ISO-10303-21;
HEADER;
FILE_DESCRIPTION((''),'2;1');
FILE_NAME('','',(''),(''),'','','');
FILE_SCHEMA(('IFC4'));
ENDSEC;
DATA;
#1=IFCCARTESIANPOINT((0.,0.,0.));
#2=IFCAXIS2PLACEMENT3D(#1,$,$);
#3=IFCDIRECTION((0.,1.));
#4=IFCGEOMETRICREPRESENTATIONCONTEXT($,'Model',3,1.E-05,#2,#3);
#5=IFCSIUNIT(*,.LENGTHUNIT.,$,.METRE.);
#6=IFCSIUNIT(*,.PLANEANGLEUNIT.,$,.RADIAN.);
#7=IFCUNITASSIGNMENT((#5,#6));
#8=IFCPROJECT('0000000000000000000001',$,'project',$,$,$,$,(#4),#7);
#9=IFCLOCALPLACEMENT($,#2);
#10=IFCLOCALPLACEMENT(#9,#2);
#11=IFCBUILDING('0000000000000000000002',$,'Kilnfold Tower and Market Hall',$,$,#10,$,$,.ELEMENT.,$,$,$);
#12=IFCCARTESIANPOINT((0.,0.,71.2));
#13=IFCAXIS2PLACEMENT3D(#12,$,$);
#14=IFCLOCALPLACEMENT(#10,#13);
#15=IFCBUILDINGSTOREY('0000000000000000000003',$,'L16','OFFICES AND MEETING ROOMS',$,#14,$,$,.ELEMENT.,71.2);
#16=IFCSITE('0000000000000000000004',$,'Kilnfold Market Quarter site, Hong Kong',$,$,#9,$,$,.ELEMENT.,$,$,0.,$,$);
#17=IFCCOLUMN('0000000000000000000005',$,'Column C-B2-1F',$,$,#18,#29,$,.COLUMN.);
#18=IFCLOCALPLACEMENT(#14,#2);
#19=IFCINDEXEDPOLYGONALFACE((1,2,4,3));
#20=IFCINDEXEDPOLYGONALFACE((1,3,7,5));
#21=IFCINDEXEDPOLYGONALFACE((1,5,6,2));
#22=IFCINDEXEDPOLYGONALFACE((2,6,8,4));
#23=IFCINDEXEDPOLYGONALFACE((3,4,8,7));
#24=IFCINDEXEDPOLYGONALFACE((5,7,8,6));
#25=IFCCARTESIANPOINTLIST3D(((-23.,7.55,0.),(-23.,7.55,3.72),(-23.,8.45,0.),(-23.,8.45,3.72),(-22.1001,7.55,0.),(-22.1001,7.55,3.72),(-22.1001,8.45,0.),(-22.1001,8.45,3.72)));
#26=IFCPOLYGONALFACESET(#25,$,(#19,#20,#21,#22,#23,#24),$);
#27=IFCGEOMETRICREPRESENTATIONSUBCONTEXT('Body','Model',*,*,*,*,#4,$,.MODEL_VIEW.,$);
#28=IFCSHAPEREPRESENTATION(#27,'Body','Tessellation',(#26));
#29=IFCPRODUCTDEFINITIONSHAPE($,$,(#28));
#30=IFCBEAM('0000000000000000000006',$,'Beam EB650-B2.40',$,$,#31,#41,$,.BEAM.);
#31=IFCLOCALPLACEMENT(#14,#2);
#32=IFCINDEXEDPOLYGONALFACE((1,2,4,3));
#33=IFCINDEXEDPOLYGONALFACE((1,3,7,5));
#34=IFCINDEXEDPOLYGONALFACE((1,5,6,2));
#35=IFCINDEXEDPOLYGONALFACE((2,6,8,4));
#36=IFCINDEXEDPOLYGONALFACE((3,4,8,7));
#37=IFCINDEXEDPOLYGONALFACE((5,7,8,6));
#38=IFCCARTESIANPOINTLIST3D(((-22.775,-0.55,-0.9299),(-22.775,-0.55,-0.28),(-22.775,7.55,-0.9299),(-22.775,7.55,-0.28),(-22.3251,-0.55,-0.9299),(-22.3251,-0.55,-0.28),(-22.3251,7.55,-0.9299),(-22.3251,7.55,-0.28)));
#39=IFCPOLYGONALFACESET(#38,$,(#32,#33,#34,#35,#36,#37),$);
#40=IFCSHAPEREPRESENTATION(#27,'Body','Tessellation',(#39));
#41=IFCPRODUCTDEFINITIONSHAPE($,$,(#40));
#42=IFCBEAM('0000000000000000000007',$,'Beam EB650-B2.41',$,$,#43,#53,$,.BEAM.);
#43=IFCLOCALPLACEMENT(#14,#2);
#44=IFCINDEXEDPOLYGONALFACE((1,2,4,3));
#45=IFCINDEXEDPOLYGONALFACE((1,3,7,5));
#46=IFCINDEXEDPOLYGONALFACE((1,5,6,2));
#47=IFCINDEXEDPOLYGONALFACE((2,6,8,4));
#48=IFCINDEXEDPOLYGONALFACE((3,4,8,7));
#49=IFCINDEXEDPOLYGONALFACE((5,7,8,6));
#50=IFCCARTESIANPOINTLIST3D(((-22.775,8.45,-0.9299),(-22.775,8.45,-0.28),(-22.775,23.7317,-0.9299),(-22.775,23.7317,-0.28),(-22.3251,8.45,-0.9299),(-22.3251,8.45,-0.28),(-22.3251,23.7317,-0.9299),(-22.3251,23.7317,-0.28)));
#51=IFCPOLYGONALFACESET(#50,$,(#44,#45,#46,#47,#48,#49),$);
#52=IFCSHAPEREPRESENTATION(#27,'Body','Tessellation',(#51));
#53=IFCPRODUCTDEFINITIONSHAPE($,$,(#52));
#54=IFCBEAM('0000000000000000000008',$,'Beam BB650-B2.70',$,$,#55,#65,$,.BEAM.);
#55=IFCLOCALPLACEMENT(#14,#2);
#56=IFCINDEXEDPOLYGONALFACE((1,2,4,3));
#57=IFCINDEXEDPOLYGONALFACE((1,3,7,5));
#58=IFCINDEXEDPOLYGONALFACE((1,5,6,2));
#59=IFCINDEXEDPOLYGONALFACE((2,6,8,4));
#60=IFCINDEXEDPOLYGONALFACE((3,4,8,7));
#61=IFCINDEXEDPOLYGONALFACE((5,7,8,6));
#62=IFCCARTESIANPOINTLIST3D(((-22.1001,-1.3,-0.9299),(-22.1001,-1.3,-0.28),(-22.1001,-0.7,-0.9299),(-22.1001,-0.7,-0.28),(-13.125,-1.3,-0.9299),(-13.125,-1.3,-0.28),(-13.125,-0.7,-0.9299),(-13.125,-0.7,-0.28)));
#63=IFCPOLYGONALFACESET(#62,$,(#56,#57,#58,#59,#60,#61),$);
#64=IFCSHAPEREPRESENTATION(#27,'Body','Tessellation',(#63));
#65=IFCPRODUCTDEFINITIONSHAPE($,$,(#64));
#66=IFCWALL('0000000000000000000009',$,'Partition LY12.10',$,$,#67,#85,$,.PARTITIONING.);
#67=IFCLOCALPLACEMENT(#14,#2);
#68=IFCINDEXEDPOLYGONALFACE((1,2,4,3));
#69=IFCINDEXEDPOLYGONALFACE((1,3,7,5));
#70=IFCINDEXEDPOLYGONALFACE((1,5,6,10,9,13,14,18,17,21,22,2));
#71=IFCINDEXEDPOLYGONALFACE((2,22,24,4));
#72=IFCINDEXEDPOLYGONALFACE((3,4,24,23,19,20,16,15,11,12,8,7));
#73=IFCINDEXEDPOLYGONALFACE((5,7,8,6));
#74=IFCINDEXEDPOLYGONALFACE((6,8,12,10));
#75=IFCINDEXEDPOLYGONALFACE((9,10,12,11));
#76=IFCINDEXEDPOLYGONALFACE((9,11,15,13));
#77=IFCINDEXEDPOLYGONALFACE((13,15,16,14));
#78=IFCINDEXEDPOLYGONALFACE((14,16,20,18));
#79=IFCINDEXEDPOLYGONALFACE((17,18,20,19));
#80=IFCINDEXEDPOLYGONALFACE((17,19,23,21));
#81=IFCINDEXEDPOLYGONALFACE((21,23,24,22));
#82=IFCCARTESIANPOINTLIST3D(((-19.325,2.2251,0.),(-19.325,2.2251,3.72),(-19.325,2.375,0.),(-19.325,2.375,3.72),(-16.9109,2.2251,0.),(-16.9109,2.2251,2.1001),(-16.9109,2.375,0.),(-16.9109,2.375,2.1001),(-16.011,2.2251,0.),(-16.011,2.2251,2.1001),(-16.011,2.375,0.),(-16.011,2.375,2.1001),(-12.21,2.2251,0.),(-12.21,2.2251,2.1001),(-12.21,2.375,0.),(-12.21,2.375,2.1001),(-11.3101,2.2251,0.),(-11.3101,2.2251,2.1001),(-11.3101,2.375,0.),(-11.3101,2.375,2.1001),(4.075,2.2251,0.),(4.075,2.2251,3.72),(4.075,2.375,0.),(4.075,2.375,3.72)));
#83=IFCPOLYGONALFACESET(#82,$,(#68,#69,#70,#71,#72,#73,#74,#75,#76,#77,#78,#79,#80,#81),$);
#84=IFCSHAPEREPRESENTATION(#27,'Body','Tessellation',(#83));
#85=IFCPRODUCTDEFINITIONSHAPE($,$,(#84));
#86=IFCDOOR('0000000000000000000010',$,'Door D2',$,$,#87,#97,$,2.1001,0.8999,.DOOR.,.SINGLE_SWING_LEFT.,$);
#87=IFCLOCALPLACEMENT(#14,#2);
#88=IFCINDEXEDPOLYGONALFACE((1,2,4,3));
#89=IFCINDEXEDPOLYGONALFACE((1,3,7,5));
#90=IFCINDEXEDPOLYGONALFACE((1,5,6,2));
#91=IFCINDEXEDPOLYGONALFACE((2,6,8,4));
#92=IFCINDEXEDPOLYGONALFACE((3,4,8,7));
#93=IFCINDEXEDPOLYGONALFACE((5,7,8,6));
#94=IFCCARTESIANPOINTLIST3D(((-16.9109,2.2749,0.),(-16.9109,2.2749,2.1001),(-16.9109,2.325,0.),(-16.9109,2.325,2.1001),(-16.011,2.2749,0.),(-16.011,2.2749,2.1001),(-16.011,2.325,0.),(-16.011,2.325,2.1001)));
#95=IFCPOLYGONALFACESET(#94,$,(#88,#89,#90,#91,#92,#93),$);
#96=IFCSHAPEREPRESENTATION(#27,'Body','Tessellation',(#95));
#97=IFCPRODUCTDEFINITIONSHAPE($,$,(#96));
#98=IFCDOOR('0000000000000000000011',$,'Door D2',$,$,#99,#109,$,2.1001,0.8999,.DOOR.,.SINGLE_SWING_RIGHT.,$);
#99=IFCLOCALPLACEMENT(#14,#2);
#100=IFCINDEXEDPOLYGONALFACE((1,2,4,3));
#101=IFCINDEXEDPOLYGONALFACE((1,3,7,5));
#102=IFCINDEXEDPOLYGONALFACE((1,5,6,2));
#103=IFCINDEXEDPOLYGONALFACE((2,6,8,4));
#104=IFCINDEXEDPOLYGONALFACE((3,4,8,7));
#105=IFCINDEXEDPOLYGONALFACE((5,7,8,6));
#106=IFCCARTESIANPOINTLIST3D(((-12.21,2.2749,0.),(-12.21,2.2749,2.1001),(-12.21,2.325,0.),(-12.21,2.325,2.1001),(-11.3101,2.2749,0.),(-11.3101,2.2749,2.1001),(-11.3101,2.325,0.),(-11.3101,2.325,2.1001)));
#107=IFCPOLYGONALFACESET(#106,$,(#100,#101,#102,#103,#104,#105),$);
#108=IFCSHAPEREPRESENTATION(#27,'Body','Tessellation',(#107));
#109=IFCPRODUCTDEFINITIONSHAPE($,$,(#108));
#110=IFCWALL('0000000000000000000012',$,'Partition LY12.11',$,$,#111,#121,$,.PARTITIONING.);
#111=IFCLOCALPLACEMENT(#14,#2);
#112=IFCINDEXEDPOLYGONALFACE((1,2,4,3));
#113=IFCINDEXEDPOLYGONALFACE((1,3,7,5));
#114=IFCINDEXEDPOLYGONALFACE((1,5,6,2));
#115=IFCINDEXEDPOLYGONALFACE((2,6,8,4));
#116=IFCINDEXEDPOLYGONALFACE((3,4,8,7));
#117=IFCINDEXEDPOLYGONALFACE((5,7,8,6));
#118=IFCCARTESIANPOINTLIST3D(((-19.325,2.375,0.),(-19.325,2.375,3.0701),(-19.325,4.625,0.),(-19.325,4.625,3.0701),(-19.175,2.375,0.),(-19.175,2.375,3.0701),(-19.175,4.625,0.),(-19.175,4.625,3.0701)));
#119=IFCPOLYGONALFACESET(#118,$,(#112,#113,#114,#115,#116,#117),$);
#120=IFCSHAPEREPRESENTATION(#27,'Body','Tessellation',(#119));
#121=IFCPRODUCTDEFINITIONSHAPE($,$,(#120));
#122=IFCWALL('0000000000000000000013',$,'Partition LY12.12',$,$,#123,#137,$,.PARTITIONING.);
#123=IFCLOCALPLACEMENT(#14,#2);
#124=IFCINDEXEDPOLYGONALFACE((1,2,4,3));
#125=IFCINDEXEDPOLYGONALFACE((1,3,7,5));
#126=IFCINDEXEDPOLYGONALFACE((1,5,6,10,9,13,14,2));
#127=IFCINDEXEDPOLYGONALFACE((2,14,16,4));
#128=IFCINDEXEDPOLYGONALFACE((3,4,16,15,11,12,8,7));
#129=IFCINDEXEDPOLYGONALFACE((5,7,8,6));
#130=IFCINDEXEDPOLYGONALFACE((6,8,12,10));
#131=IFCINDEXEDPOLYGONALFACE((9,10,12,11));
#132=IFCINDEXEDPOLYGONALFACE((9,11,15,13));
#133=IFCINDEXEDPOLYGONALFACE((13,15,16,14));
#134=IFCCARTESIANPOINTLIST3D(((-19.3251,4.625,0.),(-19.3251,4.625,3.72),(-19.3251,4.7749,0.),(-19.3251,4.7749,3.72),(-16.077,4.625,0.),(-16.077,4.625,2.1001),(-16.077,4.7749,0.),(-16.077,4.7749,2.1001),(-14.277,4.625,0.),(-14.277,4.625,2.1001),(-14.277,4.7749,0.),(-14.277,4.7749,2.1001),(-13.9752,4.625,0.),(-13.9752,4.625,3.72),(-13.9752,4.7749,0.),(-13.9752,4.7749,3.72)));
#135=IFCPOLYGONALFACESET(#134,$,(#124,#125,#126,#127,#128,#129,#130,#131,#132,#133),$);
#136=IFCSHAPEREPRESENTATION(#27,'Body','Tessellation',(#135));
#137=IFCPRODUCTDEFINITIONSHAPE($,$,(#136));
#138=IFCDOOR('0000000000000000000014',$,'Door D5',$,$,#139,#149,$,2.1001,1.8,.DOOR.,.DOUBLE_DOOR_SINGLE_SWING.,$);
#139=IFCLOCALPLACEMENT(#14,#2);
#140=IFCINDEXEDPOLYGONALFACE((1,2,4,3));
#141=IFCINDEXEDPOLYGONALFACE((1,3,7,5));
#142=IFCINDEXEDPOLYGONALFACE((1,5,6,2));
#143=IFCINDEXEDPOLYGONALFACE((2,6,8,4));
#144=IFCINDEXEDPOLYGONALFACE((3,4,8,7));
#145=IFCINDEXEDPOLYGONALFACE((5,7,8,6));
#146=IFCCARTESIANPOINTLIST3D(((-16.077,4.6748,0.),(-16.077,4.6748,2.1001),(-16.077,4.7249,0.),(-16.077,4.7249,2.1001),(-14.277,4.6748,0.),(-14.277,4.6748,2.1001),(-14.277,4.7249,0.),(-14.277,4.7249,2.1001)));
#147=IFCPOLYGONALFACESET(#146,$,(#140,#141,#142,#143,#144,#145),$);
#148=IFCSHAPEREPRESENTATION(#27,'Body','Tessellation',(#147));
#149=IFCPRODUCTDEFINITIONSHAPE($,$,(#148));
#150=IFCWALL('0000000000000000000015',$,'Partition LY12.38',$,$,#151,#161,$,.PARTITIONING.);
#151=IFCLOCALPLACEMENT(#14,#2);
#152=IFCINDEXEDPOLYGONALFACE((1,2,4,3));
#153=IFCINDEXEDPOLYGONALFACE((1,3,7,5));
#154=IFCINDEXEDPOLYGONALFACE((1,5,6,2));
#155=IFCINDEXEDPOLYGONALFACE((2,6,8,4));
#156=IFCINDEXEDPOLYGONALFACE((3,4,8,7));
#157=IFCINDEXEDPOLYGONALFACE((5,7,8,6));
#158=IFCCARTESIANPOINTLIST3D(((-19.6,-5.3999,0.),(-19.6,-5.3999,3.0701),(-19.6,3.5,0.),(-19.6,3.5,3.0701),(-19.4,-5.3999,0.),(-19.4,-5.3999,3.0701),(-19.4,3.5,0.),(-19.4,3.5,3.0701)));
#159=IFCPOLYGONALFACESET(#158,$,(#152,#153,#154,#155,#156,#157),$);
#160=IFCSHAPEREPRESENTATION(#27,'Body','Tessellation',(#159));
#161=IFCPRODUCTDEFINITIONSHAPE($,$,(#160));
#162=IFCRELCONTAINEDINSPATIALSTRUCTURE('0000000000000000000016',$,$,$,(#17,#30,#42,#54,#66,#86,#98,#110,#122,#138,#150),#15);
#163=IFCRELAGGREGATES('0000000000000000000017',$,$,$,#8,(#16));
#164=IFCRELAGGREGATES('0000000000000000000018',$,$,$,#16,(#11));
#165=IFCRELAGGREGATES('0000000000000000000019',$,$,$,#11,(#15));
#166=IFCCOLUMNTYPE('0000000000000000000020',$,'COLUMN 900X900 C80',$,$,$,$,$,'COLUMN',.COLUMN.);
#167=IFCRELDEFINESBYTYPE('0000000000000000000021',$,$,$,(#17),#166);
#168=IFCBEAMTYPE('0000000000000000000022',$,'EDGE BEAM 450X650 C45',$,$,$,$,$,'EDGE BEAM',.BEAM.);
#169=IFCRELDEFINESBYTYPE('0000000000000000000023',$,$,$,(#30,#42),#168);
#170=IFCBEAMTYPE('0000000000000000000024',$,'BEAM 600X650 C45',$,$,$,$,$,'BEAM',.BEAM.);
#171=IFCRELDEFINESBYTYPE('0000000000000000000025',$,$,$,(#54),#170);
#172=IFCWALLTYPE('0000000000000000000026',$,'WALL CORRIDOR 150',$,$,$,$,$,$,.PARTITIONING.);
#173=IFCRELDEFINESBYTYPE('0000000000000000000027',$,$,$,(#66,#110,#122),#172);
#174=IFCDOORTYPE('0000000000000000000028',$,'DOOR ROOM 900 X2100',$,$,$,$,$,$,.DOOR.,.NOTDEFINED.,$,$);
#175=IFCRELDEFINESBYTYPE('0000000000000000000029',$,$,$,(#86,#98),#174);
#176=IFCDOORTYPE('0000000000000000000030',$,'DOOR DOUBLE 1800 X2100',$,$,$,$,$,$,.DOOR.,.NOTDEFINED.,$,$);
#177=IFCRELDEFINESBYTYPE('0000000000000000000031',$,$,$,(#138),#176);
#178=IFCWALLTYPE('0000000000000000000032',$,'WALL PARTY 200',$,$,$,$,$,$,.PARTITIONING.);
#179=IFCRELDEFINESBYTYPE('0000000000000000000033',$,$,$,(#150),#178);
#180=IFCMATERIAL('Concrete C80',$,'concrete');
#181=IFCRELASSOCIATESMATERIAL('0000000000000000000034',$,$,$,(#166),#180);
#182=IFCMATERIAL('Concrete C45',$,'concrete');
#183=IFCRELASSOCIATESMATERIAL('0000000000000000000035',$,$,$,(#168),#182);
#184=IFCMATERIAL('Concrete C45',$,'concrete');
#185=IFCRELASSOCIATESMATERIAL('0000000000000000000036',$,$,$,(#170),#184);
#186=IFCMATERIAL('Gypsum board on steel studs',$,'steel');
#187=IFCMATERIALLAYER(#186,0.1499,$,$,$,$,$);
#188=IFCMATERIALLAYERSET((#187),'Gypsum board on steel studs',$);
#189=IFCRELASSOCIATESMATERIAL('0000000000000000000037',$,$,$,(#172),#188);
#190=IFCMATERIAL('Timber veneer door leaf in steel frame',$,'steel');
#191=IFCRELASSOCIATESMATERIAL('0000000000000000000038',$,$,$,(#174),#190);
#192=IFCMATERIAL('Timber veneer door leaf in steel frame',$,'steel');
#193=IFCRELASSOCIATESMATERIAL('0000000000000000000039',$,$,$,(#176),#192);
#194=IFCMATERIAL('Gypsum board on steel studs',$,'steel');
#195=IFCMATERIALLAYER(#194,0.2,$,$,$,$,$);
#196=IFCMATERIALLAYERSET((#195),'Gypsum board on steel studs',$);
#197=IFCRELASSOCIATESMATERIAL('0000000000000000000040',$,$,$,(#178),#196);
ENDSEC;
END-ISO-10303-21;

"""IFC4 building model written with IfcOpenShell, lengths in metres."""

from ifc_helpers import new_model, si_unit, direction, frame, frame_2d, origin, origin_2d, place, context, subcontext, project, spatial, rectangle, extrude, source, transform, mapped, material, layer, layer_set, material_profile, profile_set, type_object, element, fill, save


model = new_model("IFC4")

# Units and contexts
model_context = context("Model", 3, precision=1e-05, world=origin(), true_north=direction((0.0, 1.0)))
body_context = subcontext(model_context, "Body", "Model", "MODEL_VIEW")
ifc_project = project(units=[si_unit("LENGTHUNIT", "METRE"), si_unit("PLANEANGLEUNIT", "RADIAN")], contexts=[model_context])

# Site, building, storey
site_placement = place(None, origin())
site = spatial("IfcSite", under=ifc_project, at=site_placement, Name="Kilnfold Market Quarter site, Hong Kong", CompositionType="ELEMENT", RefElevation=0.0)
building_placement = place(site_placement, origin())
building = spatial("IfcBuilding", under=site, at=building_placement, Name="Kilnfold Tower and Market Hall", CompositionType="ELEMENT")
storey_placement = place(building_placement, frame((0.0, 0.0, 71.2)))
storey = spatial("IfcBuildingStorey", under=building, at=storey_placement, Name="L16", Description="OFFICES AND MEETING ROOMS", CompositionType="ELEMENT", Elevation=71.2)

# Column
ifc_material_1 = material(Name="Concrete C80", Category="concrete")
ifc_material_profile_1 = material_profile(ifc_material_1, rectangle(XDim=0.8999, YDim=0.8999, at=origin_2d()), Name="RC 900x900")
ifc_profile_set_1 = profile_set([ifc_material_profile_1], Name="Concrete C80")
column_type = type_object("IfcColumnType", Name="COLUMN 900X900 C80", ElementType="COLUMN", PredefinedType="COLUMN", material=ifc_profile_set_1)
shared_shape_1 = source(origin(), body_context, "Body", "SweptSolid", [
    extrude(rectangle(XDim=0.8999, YDim=0.8999, at=origin_2d()), origin(), (0.0, 0.0, 1.0), 3.72),
])
column_placement = place(storey_placement, frame((-22.55, 8.0, 0.0), z_axis=(0.0, 0.0, 1.0), x_axis=(1.0, 0.0, 0.0)))
element("IfcColumn", 1, at=column_placement, inside=storey, type_object=column_type, Name="Column C-B2-1F", PredefinedType="COLUMN", context=body_context, shape_type="MappedRepresentation", body=[
    mapped(shared_shape_1, transform((0.0, 0.0, 0.0))),
])

# Beams
ifc_material_2 = material(Name="Concrete C45", Category="concrete")
ifc_material_profile_2 = material_profile(ifc_material_2, rectangle(XDim=0.45, YDim=0.6499, at=origin_2d()), Name="RC 450x650")
ifc_profile_set_2 = profile_set([ifc_material_profile_2], Name="Concrete C45")
beam_type_1 = type_object("IfcBeamType", Name="EDGE BEAM 450X650 C45", ElementType="EDGE BEAM", PredefinedType="BEAM", material=ifc_profile_set_2)
shared_shape_2 = source(origin(), body_context, "Body", "SweptSolid", [
    extrude(rectangle(XDim=0.45, YDim=0.6499, at=origin_2d()), origin(), (0.0, 0.0, 1.0), 8.1001),
])
beam_1_placement = place(storey_placement, frame((-22.55, -0.55, -0.605), z_axis=(0.0, 1.0, 0.0), x_axis=(-1.0, 0.0, 0.0)))
element("IfcBeam", 2, at=beam_1_placement, inside=storey, type_object=beam_type_1, Name="Beam EB650-B2.40", PredefinedType="BEAM", context=body_context, shape_type="MappedRepresentation", body=[
    mapped(shared_shape_2, transform((0.0, 0.0, 0.0))),
])
shared_shape_3 = source(origin(), body_context, "Body", "SweptSolid", [
    extrude(rectangle(XDim=0.45, YDim=0.6499, at=origin_2d()), origin(), (0.0, 0.0, 1.0), 15.2817),
])
beam_2_placement = place(storey_placement, frame((-22.55, 8.45, -0.605), z_axis=(0.0, 1.0, 0.0), x_axis=(-1.0, 0.0, 0.0)))
element("IfcBeam", 3, at=beam_2_placement, inside=storey, type_object=beam_type_1, Name="Beam EB650-B2.41", PredefinedType="BEAM", context=body_context, shape_type="MappedRepresentation", body=[
    mapped(shared_shape_3, transform((0.0, 0.0, 0.0))),
])
ifc_material_3 = material(Name="Concrete C45", Category="concrete")
ifc_material_profile_3 = material_profile(ifc_material_3, rectangle(XDim=0.6001, YDim=0.6499, at=origin_2d()), Name="RC 600x650")
ifc_profile_set_3 = profile_set([ifc_material_profile_3], Name="Concrete C45")
beam_type_2 = type_object("IfcBeamType", Name="BEAM 600X650 C45", ElementType="BEAM", PredefinedType="BEAM", material=ifc_profile_set_3)
shared_shape_4 = source(origin(), body_context, "Body", "SweptSolid", [
    extrude(rectangle(XDim=0.6001, YDim=0.6499, at=origin_2d()), origin(), (0.0, 0.0, 1.0), 8.9751),
])
beam_3_placement = place(storey_placement, frame((-22.1001, -1.0, -0.605), z_axis=(1.0, 0.0, 0.0), x_axis=(0.0, 1.0, 0.0)))
element("IfcBeam", 4, at=beam_3_placement, inside=storey, type_object=beam_type_2, Name="Beam BB650-B2.70", PredefinedType="BEAM", context=body_context, shape_type="MappedRepresentation", body=[
    mapped(shared_shape_4, transform((0.0, 0.0, 0.0))),
])

# Wall, openings, doors
ifc_material_4 = material(Name="Gypsum board on steel studs", Category="steel")
ifc_layer_1 = layer(ifc_material_4, 0.1499)
ifc_layer_set_1 = layer_set([ifc_layer_1], Name="Gypsum board on steel studs")
wall_type_1 = type_object("IfcWallType", Name="WALL CORRIDOR 150", PredefinedType="PARTITIONING", material=ifc_layer_set_1)
wall_1_placement = place(storey_placement, frame((-19.325, 2.3, 0.0), z_axis=(0.0, 0.0, 1.0), x_axis=(1.0, 0.0, 0.0)))
wall_1 = element("IfcWall", 5, at=wall_1_placement, inside=storey, type_object=wall_type_1, Name="Partition LY12.10", PredefinedType="PARTITIONING", context=body_context, shape_type="SweptSolid", body=[
    extrude(rectangle(XDim=23.3999, YDim=0.1499, at=frame_2d((11.7, 0.0))), origin(), (0.0, 0.0, 1.0), 3.72),
])
opening_1_placement = place(wall_1_placement, frame((2.4141, 0.0, 0.0)))
opening_1 = element("IfcOpeningElement", 6, at=opening_1_placement, cuts=wall_1, PredefinedType="OPENING", context=body_context, shape_type="SweptSolid", body=[
    extrude(rectangle(XDim=0.8999, YDim=2.1001, at=frame_2d((0.45, 1.05))), frame((0.0, 0.085, 0.0), z_axis=(0.0, -1.0, 0.0), x_axis=(1.0, 0.0, 0.0)), (0.0, 0.0, 1.0), 0.1699),
])
opening_2_placement = place(wall_1_placement, frame((7.115, 0.0, 0.0)))
opening_2 = element("IfcOpeningElement", 7, at=opening_2_placement, cuts=wall_1, PredefinedType="OPENING", context=body_context, shape_type="SweptSolid", body=[
    extrude(rectangle(XDim=0.8999, YDim=2.1001, at=frame_2d((0.45, 1.05))), frame((0.0, 0.085, 0.0), z_axis=(0.0, -1.0, 0.0), x_axis=(1.0, 0.0, 0.0)), (0.0, 0.0, 1.0), 0.1699),
])
ifc_material_5 = material(Name="Timber veneer door leaf in steel frame", Category="steel")
door_type_1 = type_object("IfcDoorType", Name="DOOR ROOM 900 X2100", OperationType="NOTDEFINED", PredefinedType="DOOR", material=ifc_material_5)
door_1_placement = place(opening_1_placement, origin())
door_1 = element("IfcDoor", 8, at=door_1_placement, inside=storey, type_object=door_type_1, Name="Door D2", OperationType="SINGLE_SWING_LEFT", OverallHeight=2.1001, OverallWidth=0.8999, PredefinedType="DOOR", context=body_context, shape_type="SweptSolid", body=[
    extrude(rectangle(XDim=0.8999, YDim=2.1001, at=frame_2d((0.45, 1.05))), frame((0.0, 0.0249, 0.0), z_axis=(0.0, -1.0, 0.0), x_axis=(1.0, 0.0, 0.0)), (0.0, 0.0, 1.0), 0.05),
])
fill(opening_1, door_1)
door_2_placement = place(opening_2_placement, origin())
door_2 = element("IfcDoor", 9, at=door_2_placement, inside=storey, type_object=door_type_1, Name="Door D2", OperationType="SINGLE_SWING_RIGHT", OverallHeight=2.1001, OverallWidth=0.8999, PredefinedType="DOOR", context=body_context, shape_type="SweptSolid", body=[
    extrude(rectangle(XDim=0.8999, YDim=2.1001, at=frame_2d((0.45, 1.05))), frame((0.0, 0.0249, 0.0), z_axis=(0.0, -1.0, 0.0), x_axis=(1.0, 0.0, 0.0)), (0.0, 0.0, 1.0), 0.05),
])
fill(opening_2, door_2)

# Wall
wall_2_placement = place(storey_placement, frame((-19.25, 2.375, 0.0), z_axis=(0.0, 0.0, 1.0), x_axis=(0.0, 1.0, 0.0)))
element("IfcWall", 10, at=wall_2_placement, inside=storey, type_object=wall_type_1, Name="Partition LY12.11", PredefinedType="PARTITIONING", context=body_context, shape_type="SweptSolid", body=[
    extrude(rectangle(XDim=2.25, YDim=0.1499, at=frame_2d((1.125, 0.0))), origin(), (0.0, 0.0, 1.0), 3.0701),
])

# Wall, opening, door
wall_3_placement = place(storey_placement, frame((-19.325, 4.7, 0.0), z_axis=(0.0, 0.0, 1.0), x_axis=(1.0, 0.0, 0.0)))
wall_3 = element("IfcWall", 11, at=wall_3_placement, inside=storey, type_object=wall_type_1, Name="Partition LY12.12", PredefinedType="PARTITIONING", context=body_context, shape_type="SweptSolid", body=[
    extrude(rectangle(XDim=5.3499, YDim=0.1499, at=frame_2d((2.6748, 0.0))), origin(), (0.0, 0.0, 1.0), 3.72),
])
opening_3_placement = place(wall_3_placement, frame((3.248, 0.0, 0.0)))
opening_3 = element("IfcOpeningElement", 12, at=opening_3_placement, cuts=wall_3, PredefinedType="OPENING", context=body_context, shape_type="SweptSolid", body=[
    extrude(rectangle(XDim=1.8, YDim=2.1001, at=frame_2d((0.8999, 1.05))), frame((0.0, 0.085, 0.0), z_axis=(0.0, -1.0, 0.0), x_axis=(1.0, 0.0, 0.0)), (0.0, 0.0, 1.0), 0.1699),
])
ifc_material_6 = material(Name="Timber veneer door leaf in steel frame", Category="steel")
door_type_2 = type_object("IfcDoorType", Name="DOOR DOUBLE 1800 X2100", OperationType="NOTDEFINED", PredefinedType="DOOR", material=ifc_material_6)
door_3_placement = place(opening_3_placement, origin())
door_3 = element("IfcDoor", 13, at=door_3_placement, inside=storey, type_object=door_type_2, Name="Door D5", OperationType="DOUBLE_DOOR_SINGLE_SWING", OverallHeight=2.1001, OverallWidth=1.8, PredefinedType="DOOR", context=body_context, shape_type="SweptSolid", body=[
    extrude(rectangle(XDim=1.8, YDim=2.1001, at=frame_2d((0.8999, 1.05))), frame((0.0, 0.0249, 0.0), z_axis=(0.0, -1.0, 0.0), x_axis=(1.0, 0.0, 0.0)), (0.0, 0.0, 1.0), 0.05),
])
fill(opening_3, door_3)

# Wall
ifc_material_7 = material(Name="Gypsum board on steel studs", Category="steel")
ifc_layer_2 = layer(ifc_material_7, 0.2)
ifc_layer_set_2 = layer_set([ifc_layer_2], Name="Gypsum board on steel studs")
wall_type_2 = type_object("IfcWallType", Name="WALL PARTY 200", PredefinedType="PARTITIONING", material=ifc_layer_set_2)
wall_4_placement = place(storey_placement, frame((-19.5, 3.5, 0.0), z_axis=(0.0, 0.0, 1.0), x_axis=(0.0, -1.0, 0.0)))
element("IfcWall", 14, at=wall_4_placement, inside=storey, type_object=wall_type_2, Name="Partition LY12.38", PredefinedType="PARTITIONING", context=body_context, shape_type="SweptSolid", body=[
    extrude(rectangle(XDim=8.8999, YDim=0.2, at=frame_2d((4.45, 0.0))), origin(), (0.0, 0.0, 1.0), 3.0701),
])

save(model, "model.ifc")
